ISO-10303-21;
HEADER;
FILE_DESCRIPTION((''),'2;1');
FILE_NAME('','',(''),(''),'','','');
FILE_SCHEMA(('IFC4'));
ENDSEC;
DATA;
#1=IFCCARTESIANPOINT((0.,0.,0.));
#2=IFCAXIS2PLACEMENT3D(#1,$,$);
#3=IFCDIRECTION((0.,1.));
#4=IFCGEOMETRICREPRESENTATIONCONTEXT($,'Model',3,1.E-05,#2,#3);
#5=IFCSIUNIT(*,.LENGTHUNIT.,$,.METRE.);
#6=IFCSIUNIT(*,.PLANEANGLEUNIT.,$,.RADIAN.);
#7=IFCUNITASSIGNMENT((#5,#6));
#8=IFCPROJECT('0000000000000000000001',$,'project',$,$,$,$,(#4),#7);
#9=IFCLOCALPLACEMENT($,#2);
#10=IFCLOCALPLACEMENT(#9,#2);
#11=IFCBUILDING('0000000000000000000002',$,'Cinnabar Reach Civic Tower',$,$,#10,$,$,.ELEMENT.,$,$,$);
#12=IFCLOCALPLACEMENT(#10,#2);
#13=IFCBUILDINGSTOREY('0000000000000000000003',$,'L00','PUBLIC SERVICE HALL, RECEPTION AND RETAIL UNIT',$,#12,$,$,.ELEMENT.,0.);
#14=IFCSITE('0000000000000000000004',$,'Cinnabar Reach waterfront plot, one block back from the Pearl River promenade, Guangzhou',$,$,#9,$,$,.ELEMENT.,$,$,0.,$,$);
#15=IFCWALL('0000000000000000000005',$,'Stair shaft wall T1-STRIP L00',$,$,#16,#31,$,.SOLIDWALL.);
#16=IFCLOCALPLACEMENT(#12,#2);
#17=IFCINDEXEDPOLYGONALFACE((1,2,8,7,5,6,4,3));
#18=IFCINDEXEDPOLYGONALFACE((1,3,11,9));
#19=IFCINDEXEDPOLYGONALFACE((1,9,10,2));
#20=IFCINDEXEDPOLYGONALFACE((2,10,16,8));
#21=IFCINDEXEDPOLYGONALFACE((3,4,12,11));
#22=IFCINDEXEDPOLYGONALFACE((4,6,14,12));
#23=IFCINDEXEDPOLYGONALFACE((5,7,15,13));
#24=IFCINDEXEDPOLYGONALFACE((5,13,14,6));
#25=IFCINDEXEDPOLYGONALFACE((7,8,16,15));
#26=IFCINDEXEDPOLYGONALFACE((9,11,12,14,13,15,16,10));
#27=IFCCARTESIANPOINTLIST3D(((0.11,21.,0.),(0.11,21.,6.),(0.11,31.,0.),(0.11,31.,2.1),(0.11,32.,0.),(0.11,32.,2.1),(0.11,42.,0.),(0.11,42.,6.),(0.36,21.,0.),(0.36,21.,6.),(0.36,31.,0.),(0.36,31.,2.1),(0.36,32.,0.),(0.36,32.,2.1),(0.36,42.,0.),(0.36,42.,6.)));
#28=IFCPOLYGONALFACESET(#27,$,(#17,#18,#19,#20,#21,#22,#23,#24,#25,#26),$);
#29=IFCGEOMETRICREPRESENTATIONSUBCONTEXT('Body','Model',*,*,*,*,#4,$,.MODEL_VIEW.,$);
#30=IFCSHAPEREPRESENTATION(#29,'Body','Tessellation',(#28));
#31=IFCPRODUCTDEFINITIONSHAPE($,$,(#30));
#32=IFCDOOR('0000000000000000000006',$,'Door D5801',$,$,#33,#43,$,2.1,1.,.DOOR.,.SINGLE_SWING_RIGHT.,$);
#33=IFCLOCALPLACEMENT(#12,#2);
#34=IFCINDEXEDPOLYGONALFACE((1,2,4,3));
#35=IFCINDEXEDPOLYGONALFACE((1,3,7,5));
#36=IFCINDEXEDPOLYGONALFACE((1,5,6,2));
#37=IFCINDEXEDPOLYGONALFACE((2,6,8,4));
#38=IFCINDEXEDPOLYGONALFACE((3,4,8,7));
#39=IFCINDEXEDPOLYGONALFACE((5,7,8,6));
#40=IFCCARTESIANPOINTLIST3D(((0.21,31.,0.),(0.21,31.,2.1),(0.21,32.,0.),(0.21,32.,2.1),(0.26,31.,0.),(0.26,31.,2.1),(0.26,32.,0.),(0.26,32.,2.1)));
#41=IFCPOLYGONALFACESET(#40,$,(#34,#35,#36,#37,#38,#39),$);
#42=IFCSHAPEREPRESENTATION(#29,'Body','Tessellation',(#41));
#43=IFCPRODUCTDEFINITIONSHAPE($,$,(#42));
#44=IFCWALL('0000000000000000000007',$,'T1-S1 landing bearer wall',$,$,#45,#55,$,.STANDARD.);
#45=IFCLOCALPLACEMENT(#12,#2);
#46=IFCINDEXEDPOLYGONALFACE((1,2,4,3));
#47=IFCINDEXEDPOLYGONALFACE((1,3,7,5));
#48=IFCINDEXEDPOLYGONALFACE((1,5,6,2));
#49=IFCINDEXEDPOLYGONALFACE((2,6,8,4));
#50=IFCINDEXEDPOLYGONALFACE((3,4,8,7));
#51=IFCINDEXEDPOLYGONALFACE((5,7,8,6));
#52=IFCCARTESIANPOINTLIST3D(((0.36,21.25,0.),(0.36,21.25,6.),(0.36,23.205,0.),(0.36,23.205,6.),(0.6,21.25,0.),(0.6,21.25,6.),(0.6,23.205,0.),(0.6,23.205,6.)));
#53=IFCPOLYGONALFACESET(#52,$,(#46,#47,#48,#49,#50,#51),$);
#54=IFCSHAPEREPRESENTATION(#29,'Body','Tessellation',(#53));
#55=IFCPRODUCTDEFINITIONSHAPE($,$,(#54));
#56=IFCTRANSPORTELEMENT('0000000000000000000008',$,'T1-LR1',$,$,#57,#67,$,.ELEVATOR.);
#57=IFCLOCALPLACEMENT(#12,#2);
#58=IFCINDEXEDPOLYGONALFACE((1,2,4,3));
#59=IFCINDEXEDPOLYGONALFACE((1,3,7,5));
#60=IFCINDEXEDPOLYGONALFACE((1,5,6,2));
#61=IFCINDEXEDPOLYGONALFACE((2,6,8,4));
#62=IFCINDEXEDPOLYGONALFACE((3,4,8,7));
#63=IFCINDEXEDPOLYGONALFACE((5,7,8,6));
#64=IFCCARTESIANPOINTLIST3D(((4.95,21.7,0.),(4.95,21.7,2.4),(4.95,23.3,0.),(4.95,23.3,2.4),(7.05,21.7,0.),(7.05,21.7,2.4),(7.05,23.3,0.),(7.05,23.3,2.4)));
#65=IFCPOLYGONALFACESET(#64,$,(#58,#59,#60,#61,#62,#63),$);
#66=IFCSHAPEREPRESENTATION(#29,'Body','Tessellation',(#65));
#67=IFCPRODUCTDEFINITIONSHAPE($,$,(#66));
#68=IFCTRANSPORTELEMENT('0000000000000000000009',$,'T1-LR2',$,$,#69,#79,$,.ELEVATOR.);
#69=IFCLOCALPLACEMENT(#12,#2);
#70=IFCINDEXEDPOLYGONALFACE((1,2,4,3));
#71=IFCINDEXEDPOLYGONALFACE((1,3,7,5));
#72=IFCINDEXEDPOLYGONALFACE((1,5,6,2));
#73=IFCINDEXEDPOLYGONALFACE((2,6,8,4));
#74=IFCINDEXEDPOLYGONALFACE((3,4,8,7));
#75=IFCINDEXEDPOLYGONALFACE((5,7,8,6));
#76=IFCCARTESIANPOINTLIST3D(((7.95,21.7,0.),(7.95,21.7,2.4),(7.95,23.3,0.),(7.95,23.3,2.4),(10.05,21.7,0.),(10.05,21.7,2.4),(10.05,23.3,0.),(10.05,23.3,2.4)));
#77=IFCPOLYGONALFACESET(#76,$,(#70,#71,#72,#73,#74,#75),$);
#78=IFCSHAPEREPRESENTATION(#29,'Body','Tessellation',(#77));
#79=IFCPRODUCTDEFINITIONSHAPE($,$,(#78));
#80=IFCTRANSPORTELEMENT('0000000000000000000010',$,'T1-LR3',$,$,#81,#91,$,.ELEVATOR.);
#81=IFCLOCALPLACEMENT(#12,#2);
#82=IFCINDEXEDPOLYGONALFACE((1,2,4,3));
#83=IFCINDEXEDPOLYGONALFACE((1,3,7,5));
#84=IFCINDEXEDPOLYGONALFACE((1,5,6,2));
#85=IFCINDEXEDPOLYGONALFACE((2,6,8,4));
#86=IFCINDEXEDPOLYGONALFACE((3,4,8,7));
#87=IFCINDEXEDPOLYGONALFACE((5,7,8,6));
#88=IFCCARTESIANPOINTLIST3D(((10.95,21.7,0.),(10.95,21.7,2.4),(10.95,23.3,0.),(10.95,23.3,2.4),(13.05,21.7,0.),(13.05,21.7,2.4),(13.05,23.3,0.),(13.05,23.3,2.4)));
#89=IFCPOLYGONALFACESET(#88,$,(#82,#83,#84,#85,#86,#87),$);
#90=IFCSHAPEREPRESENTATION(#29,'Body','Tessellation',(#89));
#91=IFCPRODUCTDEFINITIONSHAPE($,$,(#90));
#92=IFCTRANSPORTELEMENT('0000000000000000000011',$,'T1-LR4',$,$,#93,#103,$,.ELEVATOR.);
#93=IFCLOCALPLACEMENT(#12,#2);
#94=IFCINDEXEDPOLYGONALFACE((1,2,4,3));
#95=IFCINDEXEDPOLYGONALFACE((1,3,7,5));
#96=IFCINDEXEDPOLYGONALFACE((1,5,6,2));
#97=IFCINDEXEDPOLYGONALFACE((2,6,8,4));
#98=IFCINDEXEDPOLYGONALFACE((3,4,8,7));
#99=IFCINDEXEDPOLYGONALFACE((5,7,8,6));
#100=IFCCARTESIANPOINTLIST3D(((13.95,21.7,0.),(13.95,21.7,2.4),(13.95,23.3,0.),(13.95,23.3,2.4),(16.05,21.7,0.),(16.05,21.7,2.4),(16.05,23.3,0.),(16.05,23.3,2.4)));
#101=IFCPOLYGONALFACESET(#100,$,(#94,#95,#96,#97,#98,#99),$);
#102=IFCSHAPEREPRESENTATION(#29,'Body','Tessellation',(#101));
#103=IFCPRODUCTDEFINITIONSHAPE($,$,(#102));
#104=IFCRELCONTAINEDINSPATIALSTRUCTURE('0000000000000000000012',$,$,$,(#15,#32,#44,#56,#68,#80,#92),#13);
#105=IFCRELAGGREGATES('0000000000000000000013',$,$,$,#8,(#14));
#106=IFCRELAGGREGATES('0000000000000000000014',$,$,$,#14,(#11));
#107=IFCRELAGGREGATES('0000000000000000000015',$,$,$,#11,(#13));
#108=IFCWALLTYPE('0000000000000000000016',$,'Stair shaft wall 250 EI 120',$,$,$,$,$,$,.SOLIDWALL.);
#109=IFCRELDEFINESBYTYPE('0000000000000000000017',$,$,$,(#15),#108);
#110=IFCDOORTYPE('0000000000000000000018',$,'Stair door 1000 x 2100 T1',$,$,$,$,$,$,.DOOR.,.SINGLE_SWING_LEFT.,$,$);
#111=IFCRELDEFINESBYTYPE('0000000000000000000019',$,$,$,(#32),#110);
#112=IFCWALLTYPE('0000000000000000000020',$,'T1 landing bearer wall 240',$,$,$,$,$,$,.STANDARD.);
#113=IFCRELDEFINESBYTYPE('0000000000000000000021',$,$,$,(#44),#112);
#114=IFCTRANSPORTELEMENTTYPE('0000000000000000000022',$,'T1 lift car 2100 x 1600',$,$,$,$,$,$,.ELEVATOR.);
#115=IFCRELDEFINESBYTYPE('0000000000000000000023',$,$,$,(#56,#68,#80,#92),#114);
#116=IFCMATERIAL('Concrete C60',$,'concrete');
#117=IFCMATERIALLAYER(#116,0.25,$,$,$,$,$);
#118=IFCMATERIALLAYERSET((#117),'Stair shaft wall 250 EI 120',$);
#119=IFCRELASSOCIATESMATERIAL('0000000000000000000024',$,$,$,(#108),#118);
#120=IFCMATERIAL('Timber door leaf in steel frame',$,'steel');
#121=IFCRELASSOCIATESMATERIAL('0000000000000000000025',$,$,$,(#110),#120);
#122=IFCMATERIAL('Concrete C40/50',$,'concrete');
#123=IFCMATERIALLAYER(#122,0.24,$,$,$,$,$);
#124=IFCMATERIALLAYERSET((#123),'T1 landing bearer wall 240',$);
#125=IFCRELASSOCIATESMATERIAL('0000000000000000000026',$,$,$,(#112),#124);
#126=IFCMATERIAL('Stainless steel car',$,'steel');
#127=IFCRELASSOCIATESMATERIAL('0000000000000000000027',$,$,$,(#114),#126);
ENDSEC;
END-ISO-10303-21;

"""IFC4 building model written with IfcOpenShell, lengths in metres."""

from ifc_helpers import new_model, si_unit, direction, frame, frame_2d, origin, origin_2d, place, context, subcontext, project, spatial, rectangle, extrude, material, layer, layer_set, type_object, element, fill, save


model = new_model("IFC4")

# Units and contexts
model_context = context("Model", 3, precision=1e-05, world=origin(), true_north=direction((0.0, 1.0)))
body_context = subcontext(model_context, "Body", "Model", "MODEL_VIEW")
ifc_project = project(units=[si_unit("LENGTHUNIT", "METRE"), si_unit("PLANEANGLEUNIT", "RADIAN")], contexts=[model_context])

# Site, building, storey
site_placement = place(None, origin())
site = spatial("IfcSite", under=ifc_project, at=site_placement, Name="Cinnabar Reach waterfront plot, one block back from the Pearl River promenade, Guangzhou", CompositionType="ELEMENT", RefElevation=0.0)
building_placement = place(site_placement, origin())
building = spatial("IfcBuilding", under=site, at=building_placement, Name="Cinnabar Reach Civic Tower", CompositionType="ELEMENT")
storey_placement = place(building_placement, origin())
storey = spatial("IfcBuildingStorey", under=building, at=storey_placement, Name="L00", Description="PUBLIC SERVICE HALL, RECEPTION AND RETAIL UNIT", CompositionType="ELEMENT", Elevation=0.0)

# Shared definitions
ifc_material_1 = material(Name="Concrete C60", Category="concrete")
ifc_layer_1 = layer(ifc_material_1, 0.25)
ifc_layer_set_1 = layer_set([ifc_layer_1], Name="Stair shaft wall 250 EI 120")
wall_type_1 = type_object("IfcWallType", Name="Stair shaft wall 250 EI 120", PredefinedType="SOLIDWALL", material=ifc_layer_set_1)

# Wall, opening, door
wall_1_placement = place(storey_placement, frame((0.235, 21.0, 0.0), z_axis=(0.0, 0.0, 1.0), x_axis=(0.0, 1.0, 0.0)))
wall_1 = element("IfcWall", 1, at=wall_1_placement, inside=storey, type_object=wall_type_1, Name="Stair shaft wall T1-STRIP L00", PredefinedType="SOLIDWALL", context=body_context, shape_type="SweptSolid", body=[
    extrude(rectangle(XDim=21.0, YDim=0.25, at=frame_2d((10.5, 0.0))), origin(), (0.0, 0.0, 1.0), 6.0),
])
opening_placement = place(wall_1_placement, frame((10.0, 0.0, 0.0)))
opening = element("IfcOpeningElement", 2, at=opening_placement, cuts=wall_1, PredefinedType="OPENING", context=body_context, shape_type="SweptSolid", body=[
    extrude(rectangle(XDim=1.0, YDim=2.1, at=frame_2d((0.5, 1.05))), frame((0.0, 0.135, 0.0), z_axis=(0.0, -1.0, 0.0), x_axis=(1.0, 0.0, 0.0)), (0.0, 0.0, 1.0), 0.27),
])
ifc_material_2 = material(Name="Timber door leaf in steel frame", Category="steel")
door_type = type_object("IfcDoorType", Name="Stair door 1000 x 2100 T1", OperationType="SINGLE_SWING_LEFT", PredefinedType="DOOR", material=ifc_material_2)
door_placement = place(opening_placement, origin())
door = element("IfcDoor", 3, at=door_placement, inside=storey, type_object=door_type, Name="Door D5801", OperationType="SINGLE_SWING_RIGHT", OverallHeight=2.1, OverallWidth=1.0, PredefinedType="DOOR", context=body_context, shape_type="SweptSolid", body=[
    extrude(rectangle(XDim=1.0, YDim=2.1, at=frame_2d((0.5, 1.05))), frame((0.0, 0.025, 0.0), z_axis=(0.0, -1.0, 0.0), x_axis=(1.0, 0.0, 0.0)), (0.0, 0.0, 1.0), 0.05),
])
fill(opening, door)

# Wall
ifc_material_3 = material(Name="Concrete C40/50", Category="concrete")
ifc_layer_2 = layer(ifc_material_3, 0.24)
ifc_layer_set_2 = layer_set([ifc_layer_2], Name="T1 landing bearer wall 240")
wall_type_2 = type_object("IfcWallType", Name="T1 landing bearer wall 240", PredefinedType="STANDARD", material=ifc_layer_set_2)
wall_2_placement = place(storey_placement, frame((0.48, 21.25, 0.0), z_axis=(0.0, 0.0, 1.0), x_axis=(0.0, 1.0, 0.0)))
element("IfcWall", 4, at=wall_2_placement, inside=storey, type_object=wall_type_2, Name="T1-S1 landing bearer wall", PredefinedType="STANDARD", context=body_context, shape_type="SweptSolid", body=[
    extrude(rectangle(XDim=1.955, YDim=0.24, at=frame_2d((0.9775, 0.0))), origin(), (0.0, 0.0, 1.0), 6.0),
])

# Transport elements
ifc_material_4 = material(Name="Stainless steel car", Category="steel")
transport_element_type = type_object("IfcTransportElementType", Name="T1 lift car 2100 x 1600", PredefinedType="ELEVATOR", material=ifc_material_4)
for number, where, z_axis, x_axis, name in (
    (5, (6.0, 22.5, 0.0), (0.0, 0.0, 1.0), (1.0, 0.0, 0.0), "T1-LR1"),
    (6, (9.0, 22.5, 0.0), (0.0, 0.0, 1.0), (1.0, 0.0, 0.0), "T1-LR2"),
    (7, (12.0, 22.5, 0.0), (0.0, 0.0, 1.0), (1.0, 0.0, 0.0), "T1-LR3"),
    (8, (15.0, 22.5, 0.0), (0.0, 0.0, 1.0), (1.0, 0.0, 0.0), "T1-LR4"),
):
    element("IfcTransportElement", number, at=place(storey_placement, frame(where, z_axis=z_axis, x_axis=x_axis)), inside=storey, type_object=transport_element_type, Name=name, PredefinedType="ELEVATOR", context=body_context, shape_type="SweptSolid", body=[
        extrude(rectangle(XDim=2.1, YDim=1.6, at=origin_2d()), origin(), (0.0, 0.0, 1.0), 2.4),
    ])

save(model, "model.ifc")
